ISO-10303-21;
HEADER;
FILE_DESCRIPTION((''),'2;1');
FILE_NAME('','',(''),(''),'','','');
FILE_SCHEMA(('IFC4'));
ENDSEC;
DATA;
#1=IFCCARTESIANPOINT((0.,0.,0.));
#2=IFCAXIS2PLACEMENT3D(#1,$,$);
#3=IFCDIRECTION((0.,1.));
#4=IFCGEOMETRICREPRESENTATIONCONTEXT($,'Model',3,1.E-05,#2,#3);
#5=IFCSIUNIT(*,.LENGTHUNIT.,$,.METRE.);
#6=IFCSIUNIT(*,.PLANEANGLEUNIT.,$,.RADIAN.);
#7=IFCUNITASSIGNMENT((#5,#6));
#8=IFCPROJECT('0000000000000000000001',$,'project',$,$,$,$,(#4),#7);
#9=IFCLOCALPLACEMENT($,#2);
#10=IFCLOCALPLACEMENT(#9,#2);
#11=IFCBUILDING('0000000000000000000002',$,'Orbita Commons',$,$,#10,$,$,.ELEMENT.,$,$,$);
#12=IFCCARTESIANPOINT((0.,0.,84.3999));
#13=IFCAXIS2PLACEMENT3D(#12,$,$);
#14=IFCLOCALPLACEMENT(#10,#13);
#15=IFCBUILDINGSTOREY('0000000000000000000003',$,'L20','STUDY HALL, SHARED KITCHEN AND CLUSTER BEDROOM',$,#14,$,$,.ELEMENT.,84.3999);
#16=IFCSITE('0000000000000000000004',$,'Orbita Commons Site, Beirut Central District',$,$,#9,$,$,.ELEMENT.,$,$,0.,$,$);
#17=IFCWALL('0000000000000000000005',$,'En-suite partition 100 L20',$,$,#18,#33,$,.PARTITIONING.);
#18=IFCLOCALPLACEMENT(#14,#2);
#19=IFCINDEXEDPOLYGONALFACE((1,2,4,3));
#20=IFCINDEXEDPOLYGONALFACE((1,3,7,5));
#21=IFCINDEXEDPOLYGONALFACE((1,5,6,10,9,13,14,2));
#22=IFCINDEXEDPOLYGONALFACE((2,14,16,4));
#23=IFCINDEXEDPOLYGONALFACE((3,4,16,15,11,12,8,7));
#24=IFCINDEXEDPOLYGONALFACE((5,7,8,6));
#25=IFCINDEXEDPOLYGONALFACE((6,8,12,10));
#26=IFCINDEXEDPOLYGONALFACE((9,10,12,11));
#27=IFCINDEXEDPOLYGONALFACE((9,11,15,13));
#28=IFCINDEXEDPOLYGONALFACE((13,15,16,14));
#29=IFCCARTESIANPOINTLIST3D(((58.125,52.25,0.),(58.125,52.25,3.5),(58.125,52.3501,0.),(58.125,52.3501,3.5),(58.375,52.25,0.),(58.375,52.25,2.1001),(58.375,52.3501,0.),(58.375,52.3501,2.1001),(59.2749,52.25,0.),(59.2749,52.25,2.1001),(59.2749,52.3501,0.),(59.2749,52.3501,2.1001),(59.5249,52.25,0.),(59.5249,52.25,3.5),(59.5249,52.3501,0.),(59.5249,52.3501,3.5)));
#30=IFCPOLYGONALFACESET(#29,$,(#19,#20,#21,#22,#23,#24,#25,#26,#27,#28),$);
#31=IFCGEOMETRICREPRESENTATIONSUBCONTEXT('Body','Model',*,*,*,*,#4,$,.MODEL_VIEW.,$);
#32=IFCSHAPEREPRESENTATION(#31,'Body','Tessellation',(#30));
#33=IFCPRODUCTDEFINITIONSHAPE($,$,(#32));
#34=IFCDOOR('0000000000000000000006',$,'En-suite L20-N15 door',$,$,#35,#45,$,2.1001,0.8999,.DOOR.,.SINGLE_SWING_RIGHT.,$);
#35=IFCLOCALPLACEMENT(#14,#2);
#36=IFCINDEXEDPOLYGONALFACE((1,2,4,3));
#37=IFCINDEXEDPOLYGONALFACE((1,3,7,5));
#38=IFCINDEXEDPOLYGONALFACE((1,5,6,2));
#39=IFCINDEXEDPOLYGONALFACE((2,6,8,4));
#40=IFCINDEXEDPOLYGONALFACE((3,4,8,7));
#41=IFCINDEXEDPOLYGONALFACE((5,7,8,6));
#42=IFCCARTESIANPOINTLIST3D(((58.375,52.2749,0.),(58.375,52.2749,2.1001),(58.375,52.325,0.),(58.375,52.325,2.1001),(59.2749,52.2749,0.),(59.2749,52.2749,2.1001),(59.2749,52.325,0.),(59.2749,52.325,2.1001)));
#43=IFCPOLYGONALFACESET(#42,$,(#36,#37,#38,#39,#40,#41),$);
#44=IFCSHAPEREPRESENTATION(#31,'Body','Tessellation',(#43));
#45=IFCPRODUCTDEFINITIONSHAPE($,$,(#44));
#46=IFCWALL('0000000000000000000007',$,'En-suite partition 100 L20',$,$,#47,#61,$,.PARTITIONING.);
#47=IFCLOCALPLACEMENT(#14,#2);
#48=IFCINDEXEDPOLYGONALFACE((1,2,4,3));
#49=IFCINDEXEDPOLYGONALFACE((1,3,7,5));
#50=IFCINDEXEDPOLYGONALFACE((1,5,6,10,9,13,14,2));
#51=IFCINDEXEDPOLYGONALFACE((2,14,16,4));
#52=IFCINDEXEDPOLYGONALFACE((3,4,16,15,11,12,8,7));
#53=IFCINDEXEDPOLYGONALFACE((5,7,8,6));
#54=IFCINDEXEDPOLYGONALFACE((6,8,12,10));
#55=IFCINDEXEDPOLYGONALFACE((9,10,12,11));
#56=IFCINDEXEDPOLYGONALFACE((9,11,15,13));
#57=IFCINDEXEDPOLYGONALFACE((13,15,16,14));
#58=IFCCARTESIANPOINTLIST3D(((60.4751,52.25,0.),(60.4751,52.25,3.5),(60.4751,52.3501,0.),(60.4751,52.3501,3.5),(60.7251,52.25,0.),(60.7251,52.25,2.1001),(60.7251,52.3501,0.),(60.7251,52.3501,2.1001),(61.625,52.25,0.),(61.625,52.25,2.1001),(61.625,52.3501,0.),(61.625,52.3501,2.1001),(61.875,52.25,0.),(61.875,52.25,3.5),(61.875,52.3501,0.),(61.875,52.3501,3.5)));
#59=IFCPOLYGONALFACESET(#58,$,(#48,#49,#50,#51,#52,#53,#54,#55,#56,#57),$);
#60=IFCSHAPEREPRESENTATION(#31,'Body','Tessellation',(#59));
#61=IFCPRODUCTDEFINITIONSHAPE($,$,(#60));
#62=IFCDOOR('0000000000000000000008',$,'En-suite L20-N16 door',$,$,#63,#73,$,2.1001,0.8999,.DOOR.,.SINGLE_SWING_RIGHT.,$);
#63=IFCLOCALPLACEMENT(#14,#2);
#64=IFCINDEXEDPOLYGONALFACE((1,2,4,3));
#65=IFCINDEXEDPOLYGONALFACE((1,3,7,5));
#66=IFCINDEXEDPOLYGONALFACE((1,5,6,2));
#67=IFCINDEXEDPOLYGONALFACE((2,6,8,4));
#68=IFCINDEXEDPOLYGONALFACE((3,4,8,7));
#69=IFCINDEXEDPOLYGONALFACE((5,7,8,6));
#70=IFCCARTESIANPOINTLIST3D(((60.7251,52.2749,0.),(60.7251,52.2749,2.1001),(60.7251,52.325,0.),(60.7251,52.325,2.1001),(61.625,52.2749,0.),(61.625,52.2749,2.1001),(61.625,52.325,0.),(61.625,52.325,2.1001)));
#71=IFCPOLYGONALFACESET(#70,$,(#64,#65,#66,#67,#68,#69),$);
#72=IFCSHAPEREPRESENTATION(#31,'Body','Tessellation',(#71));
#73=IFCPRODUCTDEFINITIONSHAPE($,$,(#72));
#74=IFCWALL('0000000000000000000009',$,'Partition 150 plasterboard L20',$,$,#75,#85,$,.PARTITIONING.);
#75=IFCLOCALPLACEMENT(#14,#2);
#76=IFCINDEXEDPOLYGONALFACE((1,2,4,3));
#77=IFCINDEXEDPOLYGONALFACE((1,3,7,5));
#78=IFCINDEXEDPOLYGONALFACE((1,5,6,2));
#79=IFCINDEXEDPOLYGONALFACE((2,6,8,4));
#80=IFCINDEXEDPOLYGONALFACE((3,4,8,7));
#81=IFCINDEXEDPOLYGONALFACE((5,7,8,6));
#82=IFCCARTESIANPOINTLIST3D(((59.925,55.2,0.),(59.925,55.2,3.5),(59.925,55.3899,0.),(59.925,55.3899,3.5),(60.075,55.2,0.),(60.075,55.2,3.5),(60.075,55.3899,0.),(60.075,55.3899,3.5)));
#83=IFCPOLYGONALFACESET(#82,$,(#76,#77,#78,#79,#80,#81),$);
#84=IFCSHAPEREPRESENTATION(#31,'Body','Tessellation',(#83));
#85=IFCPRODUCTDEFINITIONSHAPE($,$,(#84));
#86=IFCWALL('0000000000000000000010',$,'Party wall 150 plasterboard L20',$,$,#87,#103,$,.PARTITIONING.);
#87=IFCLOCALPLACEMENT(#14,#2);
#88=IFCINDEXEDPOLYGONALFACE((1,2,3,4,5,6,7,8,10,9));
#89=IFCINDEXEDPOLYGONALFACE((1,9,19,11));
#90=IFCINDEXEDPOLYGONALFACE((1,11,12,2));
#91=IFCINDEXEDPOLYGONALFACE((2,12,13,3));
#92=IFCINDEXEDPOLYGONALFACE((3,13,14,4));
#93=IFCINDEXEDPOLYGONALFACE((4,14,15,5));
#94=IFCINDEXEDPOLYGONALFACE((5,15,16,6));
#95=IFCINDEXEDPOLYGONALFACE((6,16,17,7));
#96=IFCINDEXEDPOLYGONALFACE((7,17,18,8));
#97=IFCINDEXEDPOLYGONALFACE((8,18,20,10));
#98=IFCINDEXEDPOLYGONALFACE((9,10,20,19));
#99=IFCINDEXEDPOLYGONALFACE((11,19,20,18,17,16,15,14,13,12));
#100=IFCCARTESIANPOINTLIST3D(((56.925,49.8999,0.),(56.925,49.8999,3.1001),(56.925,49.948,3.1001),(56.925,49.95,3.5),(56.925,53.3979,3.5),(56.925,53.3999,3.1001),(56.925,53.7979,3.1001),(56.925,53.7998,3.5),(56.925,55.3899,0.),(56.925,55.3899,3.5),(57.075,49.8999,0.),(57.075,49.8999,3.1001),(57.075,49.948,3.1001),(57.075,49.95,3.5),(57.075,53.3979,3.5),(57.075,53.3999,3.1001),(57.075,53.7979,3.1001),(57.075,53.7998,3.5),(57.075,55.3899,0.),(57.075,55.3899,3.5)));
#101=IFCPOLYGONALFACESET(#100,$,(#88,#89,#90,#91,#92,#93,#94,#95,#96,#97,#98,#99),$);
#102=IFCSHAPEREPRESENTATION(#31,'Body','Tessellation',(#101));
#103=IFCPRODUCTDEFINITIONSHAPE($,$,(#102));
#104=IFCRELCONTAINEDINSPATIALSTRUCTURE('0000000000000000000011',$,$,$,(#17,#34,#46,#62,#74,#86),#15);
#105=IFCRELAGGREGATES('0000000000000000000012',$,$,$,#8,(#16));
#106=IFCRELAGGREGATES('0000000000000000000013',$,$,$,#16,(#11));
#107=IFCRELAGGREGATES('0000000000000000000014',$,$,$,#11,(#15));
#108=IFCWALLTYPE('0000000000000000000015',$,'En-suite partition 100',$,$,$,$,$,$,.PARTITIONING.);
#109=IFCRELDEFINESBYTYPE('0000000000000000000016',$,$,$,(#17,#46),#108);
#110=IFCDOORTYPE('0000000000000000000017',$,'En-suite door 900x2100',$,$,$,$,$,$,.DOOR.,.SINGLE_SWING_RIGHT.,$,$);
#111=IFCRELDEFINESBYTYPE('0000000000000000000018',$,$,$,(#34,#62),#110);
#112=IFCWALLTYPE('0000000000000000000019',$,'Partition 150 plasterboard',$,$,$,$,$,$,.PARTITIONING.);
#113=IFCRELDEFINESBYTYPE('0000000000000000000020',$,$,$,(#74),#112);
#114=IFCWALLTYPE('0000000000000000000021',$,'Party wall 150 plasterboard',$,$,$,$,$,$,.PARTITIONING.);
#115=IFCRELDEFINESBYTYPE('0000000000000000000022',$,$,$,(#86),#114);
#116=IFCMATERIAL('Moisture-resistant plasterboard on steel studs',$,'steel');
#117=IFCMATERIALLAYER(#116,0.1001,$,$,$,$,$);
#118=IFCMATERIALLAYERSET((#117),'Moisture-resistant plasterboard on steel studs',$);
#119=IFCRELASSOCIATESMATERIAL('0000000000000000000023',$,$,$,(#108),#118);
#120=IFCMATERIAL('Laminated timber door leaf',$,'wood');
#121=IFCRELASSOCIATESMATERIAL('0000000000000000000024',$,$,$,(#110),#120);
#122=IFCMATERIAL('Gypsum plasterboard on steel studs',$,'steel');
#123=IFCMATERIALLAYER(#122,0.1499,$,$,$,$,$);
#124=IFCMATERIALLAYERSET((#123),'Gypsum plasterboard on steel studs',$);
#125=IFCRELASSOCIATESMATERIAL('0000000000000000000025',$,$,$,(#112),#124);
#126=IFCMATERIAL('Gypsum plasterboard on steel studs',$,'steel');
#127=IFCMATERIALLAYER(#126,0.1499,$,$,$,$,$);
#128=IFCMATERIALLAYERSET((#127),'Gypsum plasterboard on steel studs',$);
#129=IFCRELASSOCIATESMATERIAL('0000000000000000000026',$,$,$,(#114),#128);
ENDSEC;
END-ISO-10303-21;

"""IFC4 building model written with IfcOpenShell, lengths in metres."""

from ifc_helpers import new_model, si_unit, direction, frame, frame_2d, origin, place, context, subcontext, project, spatial, polyline, rectangle, outline, extrude, material, layer, layer_set, type_object, element, fill, save


model = new_model("IFC4")

# Units and contexts
model_context = context("Model", 3, precision=1e-05, world=origin(), true_north=direction((0.0, 1.0)))
body_context = subcontext(model_context, "Body", "Model", "MODEL_VIEW")
ifc_project = project(units=[si_unit("LENGTHUNIT", "METRE"), si_unit("PLANEANGLEUNIT", "RADIAN")], contexts=[model_context])

# Site, building, storey
site_placement = place(None, origin())
site = spatial("IfcSite", under=ifc_project, at=site_placement, Name="Orbita Commons Site, Beirut Central District", CompositionType="ELEMENT", RefElevation=0.0)
building_placement = place(site_placement, origin())
building = spatial("IfcBuilding", under=site, at=building_placement, Name="Orbita Commons", CompositionType="ELEMENT")
storey_placement = place(building_placement, frame((0.0, 0.0, 84.3999)))
storey = spatial("IfcBuildingStorey", under=building, at=storey_placement, Name="L20", Description="STUDY HALL, SHARED KITCHEN AND CLUSTER BEDROOM", CompositionType="ELEMENT", Elevation=84.3999)

# Walls, openings, doors
ifc_material_1 = material(Name="Moisture-resistant plasterboard on steel studs", Category="steel")
ifc_layer_1 = layer(ifc_material_1, 0.1001)
ifc_layer_set_1 = layer_set([ifc_layer_1], Name="Moisture-resistant plasterboard on steel studs")
wall_type_1 = type_object("IfcWallType", Name="En-suite partition 100", PredefinedType="PARTITIONING", material=ifc_layer_set_1)
ifc_material_2 = material(Name="Laminated timber door leaf", Category="wood")
door_type = type_object("IfcDoorType", Name="En-suite door 900x2100", OperationType="SINGLE_SWING_RIGHT", PredefinedType="DOOR", material=ifc_material_2)
wall_1_placement = place(storey_placement, frame((58.125, 52.3, 0.0), z_axis=(0.0, 0.0, 1.0), x_axis=(1.0, 0.0, 0.0)))
wall_1 = element("IfcWall", 1, at=wall_1_placement, inside=storey, type_object=wall_type_1, Name="En-suite partition 100 L20", PredefinedType="PARTITIONING", context=body_context, shape_type="SweptSolid", body=[
    extrude(rectangle(XDim=1.3999, YDim=0.1001, at=frame_2d((0.7, 0.0))), origin(), (0.0, 0.0, 1.0), 3.5),
])
opening_1_placement = place(wall_1_placement, frame((0.25, 0.0, 0.0)))
opening_1 = element("IfcOpeningElement", 2, at=opening_1_placement, cuts=wall_1, PredefinedType="OPENING", context=body_context, shape_type="SweptSolid", body=[
    extrude(rectangle(XDim=0.8999, YDim=2.1001, at=frame_2d((0.45, 1.05))), frame((0.0, 0.0601, 0.0), z_axis=(0.0, -1.0, 0.0), x_axis=(1.0, 0.0, 0.0)), (0.0, 0.0, 1.0), 0.1201),
])
door_1_placement = place(opening_1_placement, origin())
door_1 = element("IfcDoor", 3, at=door_1_placement, inside=storey, type_object=door_type, Name="En-suite L20-N15 door", OperationType="SINGLE_SWING_RIGHT", OverallHeight=2.1001, OverallWidth=0.8999, PredefinedType="DOOR", context=body_context, shape_type="SweptSolid", body=[
    extrude(rectangle(XDim=0.8999, YDim=2.1001, at=frame_2d((0.45, 1.05))), frame((0.0, 0.0249, 0.0), z_axis=(0.0, -1.0, 0.0), x_axis=(1.0, 0.0, 0.0)), (0.0, 0.0, 1.0), 0.05),
])
fill(opening_1, door_1)
wall_2_placement = place(storey_placement, frame((60.4751, 52.3, 0.0), z_axis=(0.0, 0.0, 1.0), x_axis=(1.0, 0.0, 0.0)))
wall_2 = element("IfcWall", 4, at=wall_2_placement, inside=storey, type_object=wall_type_1, Name="En-suite partition 100 L20", PredefinedType="PARTITIONING", context=body_context, shape_type="SweptSolid", body=[
    extrude(rectangle(XDim=1.3999, YDim=0.1001, at=frame_2d((0.7, 0.0))), origin(), (0.0, 0.0, 1.0), 3.5),
])
opening_2_placement = place(wall_2_placement, frame((0.25, 0.0, 0.0)))
opening_2 = element("IfcOpeningElement", 5, at=opening_2_placement, cuts=wall_2, PredefinedType="OPENING", context=body_context, shape_type="SweptSolid", body=[
    extrude(rectangle(XDim=0.8999, YDim=2.1001, at=frame_2d((0.45, 1.05))), frame((0.0, 0.0601, 0.0), z_axis=(0.0, -1.0, 0.0), x_axis=(1.0, 0.0, 0.0)), (0.0, 0.0, 1.0), 0.1201),
])
door_2_placement = place(opening_2_placement, origin())
door_2 = element("IfcDoor", 6, at=door_2_placement, inside=storey, type_object=door_type, Name="En-suite L20-N16 door", OperationType="SINGLE_SWING_RIGHT", OverallHeight=2.1001, OverallWidth=0.8999, PredefinedType="DOOR", context=body_context, shape_type="SweptSolid", body=[
    extrude(rectangle(XDim=0.8999, YDim=2.1001, at=frame_2d((0.45, 1.05))), frame((0.0, 0.0249, 0.0), z_axis=(0.0, -1.0, 0.0), x_axis=(1.0, 0.0, 0.0)), (0.0, 0.0, 1.0), 0.05),
])
fill(opening_2, door_2)

# Walls
ifc_material_3 = material(Name="Gypsum plasterboard on steel studs", Category="steel")
ifc_layer_2 = layer(ifc_material_3, 0.1499)
ifc_layer_set_2 = layer_set([ifc_layer_2], Name="Gypsum plasterboard on steel studs")
wall_type_2 = type_object("IfcWallType", Name="Partition 150 plasterboard", PredefinedType="PARTITIONING", material=ifc_layer_set_2)
wall_3_placement = place(storey_placement, frame((60.0, 55.2, 0.0), z_axis=(0.0, 0.0, 1.0), x_axis=(0.0, 1.0, 0.0)))
element("IfcWall", 7, at=wall_3_placement, inside=storey, type_object=wall_type_2, Name="Partition 150 plasterboard L20", PredefinedType="PARTITIONING", context=body_context, shape_type="SweptSolid", body=[
    extrude(rectangle(XDim=0.1899, YDim=0.1499, at=frame_2d((0.095, 0.0))), origin(), (0.0, 0.0, 1.0), 3.5),
])
ifc_material_4 = material(Name="Gypsum plasterboard on steel studs", Category="steel")
ifc_layer_3 = layer(ifc_material_4, 0.1499)
ifc_layer_set_3 = layer_set([ifc_layer_3], Name="Gypsum plasterboard on steel studs")
wall_type_3 = type_object("IfcWallType", Name="Party wall 150 plasterboard", PredefinedType="PARTITIONING", material=ifc_layer_set_3)
wall_4_placement = place(storey_placement, frame((57.0, 55.3899, 0.0), z_axis=(0.0, 0.0, 1.0), x_axis=(0.0, -1.0, 0.0)))
element("IfcWall", 8, at=wall_4_placement, inside=storey, type_object=wall_type_3, Name="Party wall 150 plasterboard L20", PredefinedType="PARTITIONING", context=body_context, shape_type="SweptSolid", body=[
    extrude(outline(polyline([(0.0, 0.0), (5.49, 0.0), (5.49, 3.1001), (5.4419, 3.1001), (5.4399, 3.5), (1.9919, 3.5), (1.99, 3.1001), (1.592, 3.1001), (1.5901, 3.5), (0.0, 3.5), (0.0, 0.0)])), frame((0.0, 0.075, 0.0), z_axis=(0.0, -1.0, 0.0), x_axis=(1.0, 0.0, 0.0)), (0.0, 0.0, 1.0), 0.1499),
])

save(model, "model.ifc")
